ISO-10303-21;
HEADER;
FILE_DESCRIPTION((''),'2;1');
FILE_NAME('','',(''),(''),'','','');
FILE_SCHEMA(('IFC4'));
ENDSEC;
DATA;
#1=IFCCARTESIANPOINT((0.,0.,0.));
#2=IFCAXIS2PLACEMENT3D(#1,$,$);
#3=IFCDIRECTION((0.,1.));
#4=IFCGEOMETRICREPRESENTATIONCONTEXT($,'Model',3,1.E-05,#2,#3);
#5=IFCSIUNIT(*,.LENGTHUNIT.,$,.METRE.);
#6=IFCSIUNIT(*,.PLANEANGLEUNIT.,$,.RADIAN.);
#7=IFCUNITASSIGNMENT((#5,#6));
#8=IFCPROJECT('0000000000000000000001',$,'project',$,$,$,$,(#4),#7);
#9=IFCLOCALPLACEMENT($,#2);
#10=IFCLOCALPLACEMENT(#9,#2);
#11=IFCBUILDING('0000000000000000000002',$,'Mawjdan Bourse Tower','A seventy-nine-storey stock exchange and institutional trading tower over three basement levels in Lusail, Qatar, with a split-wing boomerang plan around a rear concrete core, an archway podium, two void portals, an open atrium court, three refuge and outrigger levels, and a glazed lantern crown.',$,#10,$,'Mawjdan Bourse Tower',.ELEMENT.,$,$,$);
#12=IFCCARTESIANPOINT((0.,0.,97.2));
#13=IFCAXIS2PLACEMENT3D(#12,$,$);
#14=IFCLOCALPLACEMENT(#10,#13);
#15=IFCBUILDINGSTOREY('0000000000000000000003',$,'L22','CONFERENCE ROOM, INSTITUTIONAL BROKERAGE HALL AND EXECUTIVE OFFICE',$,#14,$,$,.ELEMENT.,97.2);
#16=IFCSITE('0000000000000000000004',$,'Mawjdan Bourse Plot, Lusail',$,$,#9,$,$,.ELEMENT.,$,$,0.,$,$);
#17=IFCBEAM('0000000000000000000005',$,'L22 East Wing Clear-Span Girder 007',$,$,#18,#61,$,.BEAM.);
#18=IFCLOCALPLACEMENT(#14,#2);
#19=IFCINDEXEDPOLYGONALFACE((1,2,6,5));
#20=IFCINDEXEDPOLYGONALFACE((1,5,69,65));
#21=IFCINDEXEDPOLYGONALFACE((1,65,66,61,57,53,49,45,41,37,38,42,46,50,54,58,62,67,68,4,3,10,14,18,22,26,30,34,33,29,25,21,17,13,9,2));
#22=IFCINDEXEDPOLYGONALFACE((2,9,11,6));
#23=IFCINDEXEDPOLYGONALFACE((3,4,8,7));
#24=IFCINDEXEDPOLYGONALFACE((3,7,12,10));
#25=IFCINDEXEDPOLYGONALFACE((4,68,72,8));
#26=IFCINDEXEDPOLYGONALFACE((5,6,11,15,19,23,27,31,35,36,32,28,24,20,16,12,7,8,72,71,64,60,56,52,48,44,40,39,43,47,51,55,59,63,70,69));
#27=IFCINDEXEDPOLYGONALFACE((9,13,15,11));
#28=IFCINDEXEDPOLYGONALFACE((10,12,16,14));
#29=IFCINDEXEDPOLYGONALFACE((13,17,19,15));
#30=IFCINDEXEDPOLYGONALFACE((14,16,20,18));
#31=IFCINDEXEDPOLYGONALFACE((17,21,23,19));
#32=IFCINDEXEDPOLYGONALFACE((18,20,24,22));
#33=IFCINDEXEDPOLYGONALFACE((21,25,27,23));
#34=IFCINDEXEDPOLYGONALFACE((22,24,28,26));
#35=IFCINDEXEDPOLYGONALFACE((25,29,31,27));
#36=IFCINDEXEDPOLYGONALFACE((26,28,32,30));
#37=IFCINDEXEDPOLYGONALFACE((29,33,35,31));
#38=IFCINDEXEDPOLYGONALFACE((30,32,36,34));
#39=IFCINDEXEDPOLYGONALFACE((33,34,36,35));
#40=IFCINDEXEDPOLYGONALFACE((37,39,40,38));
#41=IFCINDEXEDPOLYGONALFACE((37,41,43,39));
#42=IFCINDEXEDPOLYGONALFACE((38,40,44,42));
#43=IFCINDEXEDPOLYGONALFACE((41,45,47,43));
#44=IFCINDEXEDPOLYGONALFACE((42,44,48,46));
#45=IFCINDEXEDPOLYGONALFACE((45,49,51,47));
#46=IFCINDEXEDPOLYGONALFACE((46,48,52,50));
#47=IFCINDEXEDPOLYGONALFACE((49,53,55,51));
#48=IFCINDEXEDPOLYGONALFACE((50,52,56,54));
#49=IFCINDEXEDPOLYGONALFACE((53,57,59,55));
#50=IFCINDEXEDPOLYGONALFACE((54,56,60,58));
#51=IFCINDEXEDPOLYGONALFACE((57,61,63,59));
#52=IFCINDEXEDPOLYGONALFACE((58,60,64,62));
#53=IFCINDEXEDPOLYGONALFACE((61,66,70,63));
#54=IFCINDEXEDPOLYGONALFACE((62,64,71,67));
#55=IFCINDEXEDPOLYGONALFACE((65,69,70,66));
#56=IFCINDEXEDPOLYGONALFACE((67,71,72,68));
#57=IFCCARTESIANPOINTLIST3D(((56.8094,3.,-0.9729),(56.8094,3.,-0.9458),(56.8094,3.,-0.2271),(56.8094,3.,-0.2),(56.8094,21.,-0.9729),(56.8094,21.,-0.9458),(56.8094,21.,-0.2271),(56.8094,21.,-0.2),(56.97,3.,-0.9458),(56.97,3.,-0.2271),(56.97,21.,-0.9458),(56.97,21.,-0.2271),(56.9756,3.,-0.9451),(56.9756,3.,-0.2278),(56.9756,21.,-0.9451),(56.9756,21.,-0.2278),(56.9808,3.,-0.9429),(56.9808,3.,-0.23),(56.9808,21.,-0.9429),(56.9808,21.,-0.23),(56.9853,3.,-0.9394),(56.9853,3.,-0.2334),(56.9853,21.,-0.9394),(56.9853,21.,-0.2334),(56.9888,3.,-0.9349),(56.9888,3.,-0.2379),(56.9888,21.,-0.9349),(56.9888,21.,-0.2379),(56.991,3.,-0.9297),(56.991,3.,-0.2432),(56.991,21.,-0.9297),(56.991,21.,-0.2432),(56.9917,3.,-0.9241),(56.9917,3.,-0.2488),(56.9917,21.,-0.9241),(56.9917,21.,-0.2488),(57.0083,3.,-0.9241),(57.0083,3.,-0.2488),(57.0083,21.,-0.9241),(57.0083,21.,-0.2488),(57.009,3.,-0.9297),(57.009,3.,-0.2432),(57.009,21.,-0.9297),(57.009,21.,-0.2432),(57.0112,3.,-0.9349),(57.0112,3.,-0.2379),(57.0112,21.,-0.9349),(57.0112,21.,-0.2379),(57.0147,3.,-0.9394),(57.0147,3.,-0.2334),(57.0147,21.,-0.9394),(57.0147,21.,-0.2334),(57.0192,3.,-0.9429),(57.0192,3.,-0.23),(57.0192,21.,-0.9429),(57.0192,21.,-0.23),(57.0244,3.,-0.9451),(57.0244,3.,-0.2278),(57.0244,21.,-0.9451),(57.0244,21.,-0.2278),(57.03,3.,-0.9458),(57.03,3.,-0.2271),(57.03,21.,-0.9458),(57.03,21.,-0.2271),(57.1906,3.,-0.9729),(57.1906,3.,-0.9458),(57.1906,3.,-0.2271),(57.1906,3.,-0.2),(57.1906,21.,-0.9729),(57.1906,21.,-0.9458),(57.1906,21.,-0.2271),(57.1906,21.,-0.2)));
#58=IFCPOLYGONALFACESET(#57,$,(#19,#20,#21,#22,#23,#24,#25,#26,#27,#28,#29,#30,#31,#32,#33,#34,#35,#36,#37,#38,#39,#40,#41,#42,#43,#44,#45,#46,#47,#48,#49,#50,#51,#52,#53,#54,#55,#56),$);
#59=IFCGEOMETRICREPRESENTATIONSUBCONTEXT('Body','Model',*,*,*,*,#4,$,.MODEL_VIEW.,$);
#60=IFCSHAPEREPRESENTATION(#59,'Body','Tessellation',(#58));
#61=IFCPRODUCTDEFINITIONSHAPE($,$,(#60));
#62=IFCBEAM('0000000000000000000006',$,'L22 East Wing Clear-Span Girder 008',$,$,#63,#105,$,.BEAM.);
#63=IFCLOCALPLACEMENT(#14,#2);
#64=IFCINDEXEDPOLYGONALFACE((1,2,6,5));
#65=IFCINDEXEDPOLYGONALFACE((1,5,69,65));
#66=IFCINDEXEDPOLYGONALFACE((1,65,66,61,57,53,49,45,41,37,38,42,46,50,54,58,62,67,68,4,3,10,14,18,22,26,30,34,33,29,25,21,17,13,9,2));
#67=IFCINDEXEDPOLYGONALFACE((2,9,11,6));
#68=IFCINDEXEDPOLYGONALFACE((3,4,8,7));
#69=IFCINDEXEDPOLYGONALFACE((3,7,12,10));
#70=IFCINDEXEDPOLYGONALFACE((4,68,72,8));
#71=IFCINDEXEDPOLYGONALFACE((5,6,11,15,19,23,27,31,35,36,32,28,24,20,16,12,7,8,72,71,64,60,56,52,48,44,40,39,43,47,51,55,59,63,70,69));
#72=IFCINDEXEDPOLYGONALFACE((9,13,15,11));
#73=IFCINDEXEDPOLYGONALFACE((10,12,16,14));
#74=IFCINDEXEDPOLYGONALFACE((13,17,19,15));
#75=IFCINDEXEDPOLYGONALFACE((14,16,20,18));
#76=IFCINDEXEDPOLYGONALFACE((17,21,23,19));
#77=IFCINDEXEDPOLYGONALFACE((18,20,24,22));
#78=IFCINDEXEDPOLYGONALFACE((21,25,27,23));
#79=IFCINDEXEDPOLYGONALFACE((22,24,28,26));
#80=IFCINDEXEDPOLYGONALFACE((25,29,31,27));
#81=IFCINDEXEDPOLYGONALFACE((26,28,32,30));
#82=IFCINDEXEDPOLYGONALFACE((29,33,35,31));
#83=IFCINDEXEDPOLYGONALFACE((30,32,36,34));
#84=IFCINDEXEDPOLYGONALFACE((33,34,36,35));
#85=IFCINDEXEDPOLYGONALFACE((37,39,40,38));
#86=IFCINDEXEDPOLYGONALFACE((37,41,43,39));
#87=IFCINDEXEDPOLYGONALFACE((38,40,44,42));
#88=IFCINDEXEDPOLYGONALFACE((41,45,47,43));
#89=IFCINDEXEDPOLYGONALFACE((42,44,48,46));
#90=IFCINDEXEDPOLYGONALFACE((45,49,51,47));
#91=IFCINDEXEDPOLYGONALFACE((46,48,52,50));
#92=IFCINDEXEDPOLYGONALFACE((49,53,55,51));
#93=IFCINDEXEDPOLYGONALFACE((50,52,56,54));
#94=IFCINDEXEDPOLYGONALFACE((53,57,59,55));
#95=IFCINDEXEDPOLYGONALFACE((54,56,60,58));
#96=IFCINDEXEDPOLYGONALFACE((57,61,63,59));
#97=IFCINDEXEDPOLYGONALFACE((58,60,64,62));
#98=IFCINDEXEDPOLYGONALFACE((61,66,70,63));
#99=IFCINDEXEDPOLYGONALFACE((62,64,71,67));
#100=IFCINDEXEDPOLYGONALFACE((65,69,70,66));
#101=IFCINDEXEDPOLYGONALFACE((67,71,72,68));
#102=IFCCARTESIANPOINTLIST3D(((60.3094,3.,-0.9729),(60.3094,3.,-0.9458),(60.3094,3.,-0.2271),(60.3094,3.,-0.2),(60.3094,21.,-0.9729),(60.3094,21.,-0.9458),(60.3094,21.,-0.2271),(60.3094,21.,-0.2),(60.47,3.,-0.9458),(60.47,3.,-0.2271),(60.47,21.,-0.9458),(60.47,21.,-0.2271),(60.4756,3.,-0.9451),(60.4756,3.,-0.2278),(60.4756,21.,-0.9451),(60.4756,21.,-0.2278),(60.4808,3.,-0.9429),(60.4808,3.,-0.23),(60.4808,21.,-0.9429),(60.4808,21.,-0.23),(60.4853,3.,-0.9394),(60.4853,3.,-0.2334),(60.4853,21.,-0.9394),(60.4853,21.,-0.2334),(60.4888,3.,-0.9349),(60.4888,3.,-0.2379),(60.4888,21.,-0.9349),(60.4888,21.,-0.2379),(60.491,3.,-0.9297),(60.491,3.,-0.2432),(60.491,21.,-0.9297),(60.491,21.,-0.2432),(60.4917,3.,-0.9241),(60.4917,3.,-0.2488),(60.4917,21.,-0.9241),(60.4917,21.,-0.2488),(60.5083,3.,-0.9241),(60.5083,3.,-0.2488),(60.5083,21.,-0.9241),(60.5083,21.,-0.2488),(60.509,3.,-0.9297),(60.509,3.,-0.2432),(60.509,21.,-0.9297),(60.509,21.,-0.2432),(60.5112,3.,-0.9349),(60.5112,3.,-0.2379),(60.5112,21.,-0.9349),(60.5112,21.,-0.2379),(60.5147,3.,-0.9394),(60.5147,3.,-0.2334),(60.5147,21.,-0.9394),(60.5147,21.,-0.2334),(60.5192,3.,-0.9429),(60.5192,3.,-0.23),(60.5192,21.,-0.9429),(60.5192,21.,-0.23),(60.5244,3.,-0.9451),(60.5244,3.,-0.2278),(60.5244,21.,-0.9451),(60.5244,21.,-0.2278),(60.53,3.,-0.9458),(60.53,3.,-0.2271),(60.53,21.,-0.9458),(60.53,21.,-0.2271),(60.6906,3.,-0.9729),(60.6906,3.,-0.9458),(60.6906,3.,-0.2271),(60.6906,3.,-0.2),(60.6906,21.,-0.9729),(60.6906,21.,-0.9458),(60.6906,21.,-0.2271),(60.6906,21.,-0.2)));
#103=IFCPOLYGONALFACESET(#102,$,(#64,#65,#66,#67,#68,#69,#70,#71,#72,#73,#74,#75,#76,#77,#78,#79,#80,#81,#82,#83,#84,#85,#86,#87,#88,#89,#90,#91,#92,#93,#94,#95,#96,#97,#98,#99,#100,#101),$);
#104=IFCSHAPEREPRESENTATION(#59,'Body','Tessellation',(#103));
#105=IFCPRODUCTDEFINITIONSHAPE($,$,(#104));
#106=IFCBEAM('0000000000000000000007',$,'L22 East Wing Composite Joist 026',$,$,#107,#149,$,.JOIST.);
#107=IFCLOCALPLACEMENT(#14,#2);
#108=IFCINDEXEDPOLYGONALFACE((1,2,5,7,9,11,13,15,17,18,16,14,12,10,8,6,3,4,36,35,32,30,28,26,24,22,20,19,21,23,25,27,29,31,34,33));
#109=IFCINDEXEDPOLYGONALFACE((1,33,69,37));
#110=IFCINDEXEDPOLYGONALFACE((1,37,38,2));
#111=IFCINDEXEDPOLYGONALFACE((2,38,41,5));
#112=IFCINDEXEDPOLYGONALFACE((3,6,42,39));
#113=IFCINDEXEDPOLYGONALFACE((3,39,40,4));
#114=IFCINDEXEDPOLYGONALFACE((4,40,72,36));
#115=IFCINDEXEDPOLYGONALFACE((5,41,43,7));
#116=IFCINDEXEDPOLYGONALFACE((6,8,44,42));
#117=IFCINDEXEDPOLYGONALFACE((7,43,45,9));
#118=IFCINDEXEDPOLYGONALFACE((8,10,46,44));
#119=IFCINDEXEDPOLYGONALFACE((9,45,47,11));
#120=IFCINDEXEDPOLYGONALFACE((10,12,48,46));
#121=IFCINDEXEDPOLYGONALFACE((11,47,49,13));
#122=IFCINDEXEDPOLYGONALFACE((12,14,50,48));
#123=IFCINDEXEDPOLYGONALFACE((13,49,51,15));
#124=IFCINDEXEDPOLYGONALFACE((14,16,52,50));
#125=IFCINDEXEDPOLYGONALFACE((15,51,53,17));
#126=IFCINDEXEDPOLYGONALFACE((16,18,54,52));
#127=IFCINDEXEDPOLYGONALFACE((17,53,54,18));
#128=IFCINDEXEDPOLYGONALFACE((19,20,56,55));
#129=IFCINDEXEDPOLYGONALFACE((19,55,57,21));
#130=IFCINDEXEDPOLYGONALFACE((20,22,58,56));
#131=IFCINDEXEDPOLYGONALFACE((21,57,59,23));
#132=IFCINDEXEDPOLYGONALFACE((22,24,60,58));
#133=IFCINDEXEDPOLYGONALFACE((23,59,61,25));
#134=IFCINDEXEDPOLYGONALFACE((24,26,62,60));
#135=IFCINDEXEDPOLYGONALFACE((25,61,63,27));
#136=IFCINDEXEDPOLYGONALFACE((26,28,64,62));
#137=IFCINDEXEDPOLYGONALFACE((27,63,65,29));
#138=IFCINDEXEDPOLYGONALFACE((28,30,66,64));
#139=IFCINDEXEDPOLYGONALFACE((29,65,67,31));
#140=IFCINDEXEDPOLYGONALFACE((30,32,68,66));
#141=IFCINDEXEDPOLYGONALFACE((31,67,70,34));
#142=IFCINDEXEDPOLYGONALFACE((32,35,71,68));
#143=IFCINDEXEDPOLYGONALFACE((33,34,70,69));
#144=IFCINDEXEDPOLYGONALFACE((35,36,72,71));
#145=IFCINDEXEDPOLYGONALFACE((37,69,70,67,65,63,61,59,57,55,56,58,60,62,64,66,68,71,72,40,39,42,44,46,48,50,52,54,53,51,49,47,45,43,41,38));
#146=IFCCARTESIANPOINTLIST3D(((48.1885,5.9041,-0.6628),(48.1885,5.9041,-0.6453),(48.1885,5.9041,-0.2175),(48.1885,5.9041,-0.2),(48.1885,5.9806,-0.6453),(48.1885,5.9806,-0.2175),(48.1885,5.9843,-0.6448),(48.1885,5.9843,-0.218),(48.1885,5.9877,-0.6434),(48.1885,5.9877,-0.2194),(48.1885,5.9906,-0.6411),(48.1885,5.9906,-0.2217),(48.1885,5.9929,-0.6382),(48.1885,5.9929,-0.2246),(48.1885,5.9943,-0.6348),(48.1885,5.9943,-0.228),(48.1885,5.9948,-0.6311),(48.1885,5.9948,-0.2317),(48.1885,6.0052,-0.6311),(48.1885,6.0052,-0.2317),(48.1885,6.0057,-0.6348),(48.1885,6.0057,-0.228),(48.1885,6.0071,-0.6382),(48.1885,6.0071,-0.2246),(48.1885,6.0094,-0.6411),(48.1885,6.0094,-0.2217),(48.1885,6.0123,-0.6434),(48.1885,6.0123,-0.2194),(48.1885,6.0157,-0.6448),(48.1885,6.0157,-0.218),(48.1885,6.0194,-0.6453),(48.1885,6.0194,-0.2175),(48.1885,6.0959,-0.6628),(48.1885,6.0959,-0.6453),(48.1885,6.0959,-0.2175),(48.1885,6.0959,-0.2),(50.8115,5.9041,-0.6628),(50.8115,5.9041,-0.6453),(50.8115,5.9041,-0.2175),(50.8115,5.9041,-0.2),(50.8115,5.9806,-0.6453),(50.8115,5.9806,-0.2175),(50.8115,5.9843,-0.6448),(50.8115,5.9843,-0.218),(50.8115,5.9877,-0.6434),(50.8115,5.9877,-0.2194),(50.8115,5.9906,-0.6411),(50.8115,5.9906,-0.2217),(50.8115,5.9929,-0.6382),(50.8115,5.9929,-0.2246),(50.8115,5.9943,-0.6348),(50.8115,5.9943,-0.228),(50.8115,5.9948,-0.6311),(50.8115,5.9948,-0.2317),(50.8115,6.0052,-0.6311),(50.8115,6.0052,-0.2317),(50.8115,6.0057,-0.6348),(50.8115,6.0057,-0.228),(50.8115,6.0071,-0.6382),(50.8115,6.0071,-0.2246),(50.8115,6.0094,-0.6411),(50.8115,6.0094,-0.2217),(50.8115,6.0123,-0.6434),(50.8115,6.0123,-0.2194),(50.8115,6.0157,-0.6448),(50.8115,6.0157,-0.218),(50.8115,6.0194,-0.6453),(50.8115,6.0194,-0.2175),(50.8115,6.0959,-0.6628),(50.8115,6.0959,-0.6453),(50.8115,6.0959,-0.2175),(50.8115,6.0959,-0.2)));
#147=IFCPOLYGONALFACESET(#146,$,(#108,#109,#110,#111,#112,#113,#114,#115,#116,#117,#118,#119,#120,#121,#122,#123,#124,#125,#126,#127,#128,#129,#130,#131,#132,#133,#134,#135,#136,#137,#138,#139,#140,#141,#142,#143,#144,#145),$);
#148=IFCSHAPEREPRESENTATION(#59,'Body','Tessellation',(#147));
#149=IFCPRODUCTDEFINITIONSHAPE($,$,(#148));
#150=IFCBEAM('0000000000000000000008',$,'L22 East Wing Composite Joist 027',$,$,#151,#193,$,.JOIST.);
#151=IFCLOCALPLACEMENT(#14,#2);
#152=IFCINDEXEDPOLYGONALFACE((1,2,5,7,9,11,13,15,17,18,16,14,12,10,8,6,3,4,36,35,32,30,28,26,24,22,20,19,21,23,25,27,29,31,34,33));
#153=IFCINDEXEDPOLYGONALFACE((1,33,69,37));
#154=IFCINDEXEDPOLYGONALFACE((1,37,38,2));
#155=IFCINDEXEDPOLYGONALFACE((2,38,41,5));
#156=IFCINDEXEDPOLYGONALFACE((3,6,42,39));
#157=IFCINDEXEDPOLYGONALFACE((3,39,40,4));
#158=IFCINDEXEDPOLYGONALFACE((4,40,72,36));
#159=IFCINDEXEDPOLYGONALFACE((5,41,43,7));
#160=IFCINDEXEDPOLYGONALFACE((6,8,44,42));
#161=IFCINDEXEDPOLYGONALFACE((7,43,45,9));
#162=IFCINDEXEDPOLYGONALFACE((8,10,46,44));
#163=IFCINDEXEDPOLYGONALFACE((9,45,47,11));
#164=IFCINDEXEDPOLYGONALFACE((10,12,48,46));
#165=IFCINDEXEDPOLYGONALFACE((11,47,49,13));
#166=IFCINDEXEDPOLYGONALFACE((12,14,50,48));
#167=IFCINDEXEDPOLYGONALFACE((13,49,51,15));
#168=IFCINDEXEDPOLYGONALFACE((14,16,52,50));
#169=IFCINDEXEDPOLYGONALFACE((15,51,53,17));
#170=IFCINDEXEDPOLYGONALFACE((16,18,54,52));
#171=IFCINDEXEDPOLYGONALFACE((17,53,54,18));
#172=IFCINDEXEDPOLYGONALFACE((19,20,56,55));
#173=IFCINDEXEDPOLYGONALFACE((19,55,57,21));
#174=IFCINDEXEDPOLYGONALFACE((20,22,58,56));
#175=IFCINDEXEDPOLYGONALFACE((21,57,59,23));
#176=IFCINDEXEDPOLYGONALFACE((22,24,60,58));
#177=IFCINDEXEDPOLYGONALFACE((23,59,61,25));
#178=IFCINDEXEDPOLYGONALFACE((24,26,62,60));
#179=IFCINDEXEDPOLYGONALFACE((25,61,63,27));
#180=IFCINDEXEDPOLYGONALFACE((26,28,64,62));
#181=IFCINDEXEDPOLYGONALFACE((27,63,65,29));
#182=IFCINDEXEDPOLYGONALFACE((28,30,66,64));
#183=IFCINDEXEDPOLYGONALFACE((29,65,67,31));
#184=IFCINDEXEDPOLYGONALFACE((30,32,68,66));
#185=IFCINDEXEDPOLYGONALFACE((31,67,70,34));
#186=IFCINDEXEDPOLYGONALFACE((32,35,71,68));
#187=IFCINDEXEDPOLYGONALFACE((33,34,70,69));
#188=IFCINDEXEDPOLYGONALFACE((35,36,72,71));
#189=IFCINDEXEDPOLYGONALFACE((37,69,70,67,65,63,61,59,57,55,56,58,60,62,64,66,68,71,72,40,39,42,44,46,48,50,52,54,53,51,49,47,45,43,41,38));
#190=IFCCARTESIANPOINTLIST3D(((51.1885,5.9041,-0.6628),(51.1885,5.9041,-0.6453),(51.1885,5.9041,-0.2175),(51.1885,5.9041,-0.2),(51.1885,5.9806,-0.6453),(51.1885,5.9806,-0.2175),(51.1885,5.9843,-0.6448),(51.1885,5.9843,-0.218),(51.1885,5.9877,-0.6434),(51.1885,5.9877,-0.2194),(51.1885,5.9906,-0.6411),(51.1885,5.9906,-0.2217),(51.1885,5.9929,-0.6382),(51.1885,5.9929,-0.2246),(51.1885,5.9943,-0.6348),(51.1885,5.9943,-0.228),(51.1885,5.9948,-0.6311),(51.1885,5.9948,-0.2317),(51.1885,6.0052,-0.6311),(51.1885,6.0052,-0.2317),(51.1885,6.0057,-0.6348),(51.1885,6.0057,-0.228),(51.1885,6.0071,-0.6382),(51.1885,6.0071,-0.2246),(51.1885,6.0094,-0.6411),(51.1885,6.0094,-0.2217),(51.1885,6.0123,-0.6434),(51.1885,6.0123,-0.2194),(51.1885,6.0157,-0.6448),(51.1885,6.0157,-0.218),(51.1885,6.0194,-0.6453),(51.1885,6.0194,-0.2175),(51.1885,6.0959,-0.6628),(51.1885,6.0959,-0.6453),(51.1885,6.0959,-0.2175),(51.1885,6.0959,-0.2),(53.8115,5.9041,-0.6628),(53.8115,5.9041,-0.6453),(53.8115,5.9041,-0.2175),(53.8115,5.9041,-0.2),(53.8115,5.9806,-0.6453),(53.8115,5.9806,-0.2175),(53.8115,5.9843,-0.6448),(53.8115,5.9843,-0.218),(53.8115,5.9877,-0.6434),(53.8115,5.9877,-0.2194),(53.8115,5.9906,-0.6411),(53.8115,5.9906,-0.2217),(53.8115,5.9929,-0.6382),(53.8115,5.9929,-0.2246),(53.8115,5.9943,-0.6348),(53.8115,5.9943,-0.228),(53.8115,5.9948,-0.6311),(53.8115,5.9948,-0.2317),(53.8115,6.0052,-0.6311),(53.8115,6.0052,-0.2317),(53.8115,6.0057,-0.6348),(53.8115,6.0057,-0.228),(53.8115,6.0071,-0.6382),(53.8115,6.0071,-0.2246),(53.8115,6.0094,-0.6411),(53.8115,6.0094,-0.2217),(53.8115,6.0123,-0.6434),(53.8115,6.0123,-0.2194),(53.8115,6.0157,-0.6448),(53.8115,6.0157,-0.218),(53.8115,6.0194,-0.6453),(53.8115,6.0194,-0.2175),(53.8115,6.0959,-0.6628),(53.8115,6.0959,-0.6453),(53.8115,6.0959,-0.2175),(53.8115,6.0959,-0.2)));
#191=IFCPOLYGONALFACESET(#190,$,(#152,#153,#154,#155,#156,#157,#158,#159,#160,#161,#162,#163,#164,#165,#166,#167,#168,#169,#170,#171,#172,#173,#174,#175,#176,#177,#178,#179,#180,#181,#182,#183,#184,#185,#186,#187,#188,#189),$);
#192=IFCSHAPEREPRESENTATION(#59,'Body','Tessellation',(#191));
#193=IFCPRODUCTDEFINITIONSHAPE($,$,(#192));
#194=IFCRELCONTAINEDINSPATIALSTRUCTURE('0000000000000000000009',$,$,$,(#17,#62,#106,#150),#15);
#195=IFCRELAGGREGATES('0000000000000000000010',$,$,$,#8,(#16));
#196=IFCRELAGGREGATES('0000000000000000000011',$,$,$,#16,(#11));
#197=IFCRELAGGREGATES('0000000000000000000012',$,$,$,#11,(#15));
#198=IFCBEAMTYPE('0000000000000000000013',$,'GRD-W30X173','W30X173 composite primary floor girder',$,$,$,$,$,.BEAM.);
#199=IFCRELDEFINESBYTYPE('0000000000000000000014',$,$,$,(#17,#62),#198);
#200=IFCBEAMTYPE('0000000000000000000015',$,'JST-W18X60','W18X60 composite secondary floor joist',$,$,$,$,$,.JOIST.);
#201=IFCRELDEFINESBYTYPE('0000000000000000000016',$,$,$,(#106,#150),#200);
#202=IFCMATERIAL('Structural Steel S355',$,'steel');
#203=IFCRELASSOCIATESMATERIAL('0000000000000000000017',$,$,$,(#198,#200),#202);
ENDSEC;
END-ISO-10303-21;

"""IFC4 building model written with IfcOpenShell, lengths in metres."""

from ifc_helpers import new_model, si_unit, direction, frame, origin, origin_2d, place, context, subcontext, project, spatial, i_section, extrude, material, material_profile, profile_set, type_object, element, save


model = new_model("IFC4")

# Units and contexts
model_context = context("Model", 3, precision=1e-05, world=origin(), true_north=direction((0.0, 1.0)))
body_context = subcontext(model_context, "Body", "Model", "MODEL_VIEW")
ifc_project = project(units=[si_unit("LENGTHUNIT", "METRE"), si_unit("PLANEANGLEUNIT", "RADIAN")], contexts=[model_context])

# Site, building, storey
site_placement = place(None, origin())
site = spatial("IfcSite", under=ifc_project, at=site_placement, Name="Mawjdan Bourse Plot, Lusail", CompositionType="ELEMENT", RefElevation=0.0)
building_placement = place(site_placement, origin())
building = spatial("IfcBuilding", under=site, at=building_placement, Name="Mawjdan Bourse Tower", Description="A seventy-nine-storey stock exchange and institutional trading tower over three basement levels in Lusail, Qatar, with a split-wing boomerang plan around a rear concrete core, an archway podium, two void portals, an open atrium court, three refuge and outrigger levels, and a glazed lantern crown.", LongName="Mawjdan Bourse Tower", CompositionType="ELEMENT")
storey_placement = place(building_placement, frame((0.0, 0.0, 97.2)))
storey = spatial("IfcBuildingStorey", under=building, at=storey_placement, Name="L22", Description="CONFERENCE ROOM, INSTITUTIONAL BROKERAGE HALL AND EXECUTIVE OFFICE", CompositionType="ELEMENT", Elevation=97.2)

# Beams
ifc_material_1 = material(Name="Structural Steel S355", Category="steel")
ifc_material_profile_1 = material_profile(ifc_material_1, i_section(OverallWidth=0.3811, OverallDepth=0.7729, WebThickness=0.0166, FlangeThickness=0.0271, FilletRadius=0.0217, at=origin_2d()), Name="W30X173")
ifc_profile_set_1 = profile_set([ifc_material_profile_1], Name="Structural Steel S355")
beam_type_1 = type_object("IfcBeamType", Name="GRD-W30X173", Description="W30X173 composite primary floor girder", PredefinedType="BEAM", material=ifc_profile_set_1)
for number, where, z_axis, x_axis, name in (
    (1, (57.0, 3.0, -0.5864), (0.0, 1.0, 0.0), (-1.0, 0.0, 0.0), "L22 East Wing Clear-Span Girder 007"),
    (2, (60.5, 3.0, -0.5864), (0.0, 1.0, 0.0), (-1.0, 0.0, 0.0), "L22 East Wing Clear-Span Girder 008"),
):
    element("IfcBeam", number, at=place(storey_placement, frame(where, z_axis=z_axis, x_axis=x_axis)), inside=storey, type_object=beam_type_1, Name=name, PredefinedType="BEAM", context=body_context, shape_type="SweptSolid", body=[
        extrude(i_section(OverallWidth=0.3811, OverallDepth=0.7729, WebThickness=0.0166, FlangeThickness=0.0271, FilletRadius=0.0217, at=origin_2d()), origin(), (0.0, 0.0, 1.0), 18.0),
    ])
ifc_material_profile_2 = material_profile(ifc_material_1, i_section(OverallWidth=0.1919, OverallDepth=0.4629, WebThickness=0.0105, FlangeThickness=0.0176, FilletRadius=0.0142, at=origin_2d()), Name="W18X60")
ifc_profile_set_2 = profile_set([ifc_material_profile_2], Name="Structural Steel S355")
beam_type_2 = type_object("IfcBeamType", Name="JST-W18X60", Description="W18X60 composite secondary floor joist", PredefinedType="JOIST", material=ifc_profile_set_2)
for number, where, z_axis, x_axis, name in (
    (3, (48.1885, 6.0, -0.4314), (1.0, 0.0, 0.0), (0.0, 1.0, 0.0), "L22 East Wing Composite Joist 026"),
    (4, (51.1885, 6.0, -0.4314), (1.0, 0.0, 0.0), (0.0, 1.0, 0.0), "L22 East Wing Composite Joist 027"),
):
    element("IfcBeam", number, at=place(storey_placement, frame(where, z_axis=z_axis, x_axis=x_axis)), inside=storey, type_object=beam_type_2, Name=name, PredefinedType="JOIST", context=body_context, shape_type="SweptSolid", body=[
        extrude(i_section(OverallWidth=0.1919, OverallDepth=0.4629, WebThickness=0.0105, FlangeThickness=0.0176, FilletRadius=0.0142, at=origin_2d()), origin(), (0.0, 0.0, 1.0), 2.623),
    ])

save(model, "model.ifc")
